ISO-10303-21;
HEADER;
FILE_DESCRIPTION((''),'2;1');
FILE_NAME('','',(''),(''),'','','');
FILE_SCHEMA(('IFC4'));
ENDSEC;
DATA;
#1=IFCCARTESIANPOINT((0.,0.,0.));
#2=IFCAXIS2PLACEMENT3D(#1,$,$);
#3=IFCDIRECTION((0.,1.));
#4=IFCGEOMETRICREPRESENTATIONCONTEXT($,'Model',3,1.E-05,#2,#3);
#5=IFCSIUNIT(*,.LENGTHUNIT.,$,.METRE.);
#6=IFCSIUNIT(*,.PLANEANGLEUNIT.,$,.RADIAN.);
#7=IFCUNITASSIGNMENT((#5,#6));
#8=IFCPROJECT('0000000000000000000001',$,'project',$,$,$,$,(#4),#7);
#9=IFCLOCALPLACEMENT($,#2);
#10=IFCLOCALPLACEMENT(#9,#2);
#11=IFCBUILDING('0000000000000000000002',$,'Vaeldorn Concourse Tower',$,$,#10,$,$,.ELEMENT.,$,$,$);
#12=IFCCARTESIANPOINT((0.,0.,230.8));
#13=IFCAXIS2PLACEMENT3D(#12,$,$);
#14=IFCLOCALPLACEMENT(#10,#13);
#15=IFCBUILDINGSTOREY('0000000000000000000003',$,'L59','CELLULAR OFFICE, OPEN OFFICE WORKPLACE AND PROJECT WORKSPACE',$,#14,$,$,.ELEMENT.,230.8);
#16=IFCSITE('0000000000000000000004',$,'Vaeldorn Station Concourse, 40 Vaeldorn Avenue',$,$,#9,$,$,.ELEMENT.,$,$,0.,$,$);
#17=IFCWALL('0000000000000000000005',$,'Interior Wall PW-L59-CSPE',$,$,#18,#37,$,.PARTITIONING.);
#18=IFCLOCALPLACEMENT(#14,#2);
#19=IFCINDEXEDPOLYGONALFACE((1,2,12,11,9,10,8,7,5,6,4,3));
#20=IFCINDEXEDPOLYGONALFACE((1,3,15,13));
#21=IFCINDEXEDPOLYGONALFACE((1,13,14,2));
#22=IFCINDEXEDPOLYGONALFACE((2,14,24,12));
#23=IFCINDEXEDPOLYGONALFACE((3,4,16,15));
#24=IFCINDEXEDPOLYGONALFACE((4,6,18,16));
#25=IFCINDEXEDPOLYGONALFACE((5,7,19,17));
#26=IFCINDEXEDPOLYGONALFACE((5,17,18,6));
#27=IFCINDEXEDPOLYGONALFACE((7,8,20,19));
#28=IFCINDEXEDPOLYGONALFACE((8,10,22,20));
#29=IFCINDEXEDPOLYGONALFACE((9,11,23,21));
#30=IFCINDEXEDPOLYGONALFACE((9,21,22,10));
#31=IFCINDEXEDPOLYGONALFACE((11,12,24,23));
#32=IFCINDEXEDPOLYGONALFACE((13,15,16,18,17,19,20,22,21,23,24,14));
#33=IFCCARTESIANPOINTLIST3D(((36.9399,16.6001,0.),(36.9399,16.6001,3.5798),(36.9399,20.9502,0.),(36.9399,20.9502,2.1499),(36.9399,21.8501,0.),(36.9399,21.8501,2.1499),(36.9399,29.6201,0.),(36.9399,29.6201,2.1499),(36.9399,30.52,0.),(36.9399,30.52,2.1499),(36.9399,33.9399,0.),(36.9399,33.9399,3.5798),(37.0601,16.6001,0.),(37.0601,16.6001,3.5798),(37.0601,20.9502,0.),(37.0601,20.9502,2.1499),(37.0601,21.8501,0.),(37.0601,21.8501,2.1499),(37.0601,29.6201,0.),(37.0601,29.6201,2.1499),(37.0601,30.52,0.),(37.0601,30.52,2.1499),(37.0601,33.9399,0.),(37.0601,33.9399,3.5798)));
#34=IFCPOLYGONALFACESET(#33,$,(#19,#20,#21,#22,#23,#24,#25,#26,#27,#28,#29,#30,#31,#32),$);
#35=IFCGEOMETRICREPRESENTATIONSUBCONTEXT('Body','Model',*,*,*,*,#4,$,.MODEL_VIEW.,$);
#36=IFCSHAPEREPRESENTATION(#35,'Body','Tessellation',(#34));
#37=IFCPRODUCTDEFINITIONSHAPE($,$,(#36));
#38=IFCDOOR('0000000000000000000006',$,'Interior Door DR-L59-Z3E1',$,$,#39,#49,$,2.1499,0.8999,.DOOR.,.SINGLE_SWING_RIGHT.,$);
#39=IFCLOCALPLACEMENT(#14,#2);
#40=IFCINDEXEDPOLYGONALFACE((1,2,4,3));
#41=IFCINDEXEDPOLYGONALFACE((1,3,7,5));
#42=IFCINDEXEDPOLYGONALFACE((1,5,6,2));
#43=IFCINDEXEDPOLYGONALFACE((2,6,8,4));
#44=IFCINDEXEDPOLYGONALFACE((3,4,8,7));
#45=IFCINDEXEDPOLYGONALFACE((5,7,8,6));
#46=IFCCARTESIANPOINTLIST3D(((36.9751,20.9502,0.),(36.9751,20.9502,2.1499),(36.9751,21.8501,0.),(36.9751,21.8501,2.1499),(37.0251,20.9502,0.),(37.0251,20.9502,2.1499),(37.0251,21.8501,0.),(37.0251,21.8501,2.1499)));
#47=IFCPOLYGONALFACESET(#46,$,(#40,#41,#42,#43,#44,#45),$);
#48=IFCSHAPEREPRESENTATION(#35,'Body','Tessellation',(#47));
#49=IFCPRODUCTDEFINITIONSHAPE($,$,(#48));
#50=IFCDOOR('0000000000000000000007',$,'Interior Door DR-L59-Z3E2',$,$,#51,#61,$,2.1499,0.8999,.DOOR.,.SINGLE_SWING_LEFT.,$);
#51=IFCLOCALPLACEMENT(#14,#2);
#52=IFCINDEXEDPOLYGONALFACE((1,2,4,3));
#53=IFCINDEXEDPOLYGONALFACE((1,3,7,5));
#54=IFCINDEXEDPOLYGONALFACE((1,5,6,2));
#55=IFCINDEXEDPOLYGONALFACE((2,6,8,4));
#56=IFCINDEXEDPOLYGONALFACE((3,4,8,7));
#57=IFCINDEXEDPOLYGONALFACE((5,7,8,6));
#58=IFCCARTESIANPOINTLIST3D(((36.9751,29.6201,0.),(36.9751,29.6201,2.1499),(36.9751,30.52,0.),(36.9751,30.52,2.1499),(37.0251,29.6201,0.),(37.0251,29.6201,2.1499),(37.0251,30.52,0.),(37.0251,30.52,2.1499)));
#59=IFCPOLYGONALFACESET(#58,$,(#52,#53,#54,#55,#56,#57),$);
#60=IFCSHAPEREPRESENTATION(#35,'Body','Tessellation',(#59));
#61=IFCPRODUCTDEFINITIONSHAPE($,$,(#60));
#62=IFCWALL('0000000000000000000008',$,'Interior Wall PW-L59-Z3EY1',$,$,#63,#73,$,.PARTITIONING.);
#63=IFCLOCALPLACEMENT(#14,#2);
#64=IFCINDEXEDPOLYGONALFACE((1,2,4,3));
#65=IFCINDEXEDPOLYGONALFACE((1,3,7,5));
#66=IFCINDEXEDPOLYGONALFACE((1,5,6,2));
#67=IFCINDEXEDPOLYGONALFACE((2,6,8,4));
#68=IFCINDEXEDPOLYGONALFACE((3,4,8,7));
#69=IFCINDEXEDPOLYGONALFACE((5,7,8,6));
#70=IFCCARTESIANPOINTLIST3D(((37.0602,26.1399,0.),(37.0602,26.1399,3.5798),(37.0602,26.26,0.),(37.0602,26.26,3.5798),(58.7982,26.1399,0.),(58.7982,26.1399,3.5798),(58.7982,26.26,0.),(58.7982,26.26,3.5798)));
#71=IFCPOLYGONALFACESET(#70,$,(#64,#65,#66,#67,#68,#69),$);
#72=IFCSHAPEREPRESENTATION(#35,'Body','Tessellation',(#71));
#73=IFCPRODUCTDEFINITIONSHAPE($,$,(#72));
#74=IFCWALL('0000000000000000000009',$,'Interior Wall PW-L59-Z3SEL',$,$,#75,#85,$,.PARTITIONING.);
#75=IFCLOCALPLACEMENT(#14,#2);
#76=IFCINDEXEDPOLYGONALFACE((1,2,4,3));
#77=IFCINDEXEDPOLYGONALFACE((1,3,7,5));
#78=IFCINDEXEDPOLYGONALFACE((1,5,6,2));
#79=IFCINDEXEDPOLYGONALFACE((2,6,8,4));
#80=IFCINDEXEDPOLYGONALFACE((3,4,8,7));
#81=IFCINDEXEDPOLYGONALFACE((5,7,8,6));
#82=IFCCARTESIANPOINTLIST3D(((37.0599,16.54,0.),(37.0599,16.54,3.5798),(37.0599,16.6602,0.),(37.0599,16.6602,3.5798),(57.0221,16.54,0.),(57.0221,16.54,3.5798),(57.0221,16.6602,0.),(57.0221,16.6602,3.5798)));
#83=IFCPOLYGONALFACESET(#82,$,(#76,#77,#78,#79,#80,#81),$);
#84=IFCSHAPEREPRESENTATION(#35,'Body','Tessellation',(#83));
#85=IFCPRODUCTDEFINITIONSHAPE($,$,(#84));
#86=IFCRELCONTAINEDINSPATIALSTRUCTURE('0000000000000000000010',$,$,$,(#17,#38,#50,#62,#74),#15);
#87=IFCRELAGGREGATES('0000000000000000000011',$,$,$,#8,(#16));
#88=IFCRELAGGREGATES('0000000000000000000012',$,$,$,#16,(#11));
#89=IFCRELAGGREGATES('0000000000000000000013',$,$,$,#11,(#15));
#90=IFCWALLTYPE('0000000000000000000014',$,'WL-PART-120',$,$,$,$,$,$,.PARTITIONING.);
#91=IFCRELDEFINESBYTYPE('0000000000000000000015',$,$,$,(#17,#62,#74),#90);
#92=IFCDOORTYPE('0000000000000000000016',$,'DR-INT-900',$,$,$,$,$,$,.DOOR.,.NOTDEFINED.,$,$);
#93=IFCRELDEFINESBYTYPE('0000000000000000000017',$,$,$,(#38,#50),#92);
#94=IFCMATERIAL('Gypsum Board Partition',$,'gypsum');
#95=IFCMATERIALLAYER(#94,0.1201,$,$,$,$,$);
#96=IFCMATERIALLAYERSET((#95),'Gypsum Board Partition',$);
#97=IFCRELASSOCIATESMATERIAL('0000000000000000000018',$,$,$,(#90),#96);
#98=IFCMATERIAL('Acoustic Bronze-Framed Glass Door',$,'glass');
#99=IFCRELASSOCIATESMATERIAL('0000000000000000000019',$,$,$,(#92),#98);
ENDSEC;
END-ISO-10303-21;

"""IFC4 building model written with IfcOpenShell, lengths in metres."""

from ifc_helpers import new_model, si_unit, direction, frame, frame_2d, origin, place, context, subcontext, project, spatial, rectangle, extrude, source, transform, mapped, material, layer, layer_set, type_object, element, fill, save


model = new_model("IFC4")

# Units and contexts
model_context = context("Model", 3, precision=1e-05, world=origin(), true_north=direction((0.0, 1.0)))
body_context = subcontext(model_context, "Body", "Model", "MODEL_VIEW")
ifc_project = project(units=[si_unit("LENGTHUNIT", "METRE"), si_unit("PLANEANGLEUNIT", "RADIAN")], contexts=[model_context])

# Site, building, storey
site_placement = place(None, origin())
site = spatial("IfcSite", under=ifc_project, at=site_placement, Name="Vaeldorn Station Concourse, 40 Vaeldorn Avenue", CompositionType="ELEMENT", RefElevation=0.0)
building_placement = place(site_placement, origin())
building = spatial("IfcBuilding", under=site, at=building_placement, Name="Vaeldorn Concourse Tower", CompositionType="ELEMENT")
storey_placement = place(building_placement, frame((0.0, 0.0, 230.8)))
storey = spatial("IfcBuildingStorey", under=building, at=storey_placement, Name="L59", Description="CELLULAR OFFICE, OPEN OFFICE WORKPLACE AND PROJECT WORKSPACE", CompositionType="ELEMENT", Elevation=230.8)

# Shared definitions
ifc_material_1 = material(Name="Gypsum Board Partition", Category="gypsum")
ifc_layer = layer(ifc_material_1, 0.1201)
ifc_layer_set = layer_set([ifc_layer], Name="Gypsum Board Partition")
wall_type = type_object("IfcWallType", Name="WL-PART-120", PredefinedType="PARTITIONING", material=ifc_layer_set)

# Wall, openings, doors
ifc_material_2 = material(Name="Acoustic Bronze-Framed Glass Door", Category="glass")
door_type = type_object("IfcDoorType", Name="DR-INT-900", OperationType="NOTDEFINED", PredefinedType="DOOR", material=ifc_material_2)
shared_shape_1 = source(origin(), body_context, "Body", "SweptSolid", [
    extrude(rectangle(XDim=0.8999, YDim=2.1499, at=frame_2d((0.45, 1.075))), frame((0.0, 0.0249, 0.0), z_axis=(0.0, -1.0, 0.0), x_axis=(1.0, 0.0, 0.0)), (0.0, 0.0, 1.0), 0.05),
])
wall_1_placement = place(storey_placement, frame((37.0, 16.6001, 0.0), z_axis=(0.0, 0.0, 1.0), x_axis=(0.0, 1.0, 0.0)))
wall_1 = element("IfcWall", 1, at=wall_1_placement, inside=storey, type_object=wall_type, Name="Interior Wall PW-L59-CSPE", PredefinedType="PARTITIONING", context=body_context, shape_type="SweptSolid", body=[
    extrude(rectangle(XDim=17.3398, YDim=0.1201, at=frame_2d((8.6699, 0.0))), origin(), (0.0, 0.0, 1.0), 3.5798),
])
opening_1_placement = place(wall_1_placement, frame((4.3501, 0.0, 0.0)))
opening_1 = element("IfcOpeningElement", 2, at=opening_1_placement, cuts=wall_1, PredefinedType="OPENING", context=body_context, shape_type="SweptSolid", body=[
    extrude(rectangle(XDim=0.8999, YDim=2.1499, at=frame_2d((0.45, 1.075))), frame((0.0, 0.0701, 0.0), z_axis=(0.0, -1.0, 0.0), x_axis=(1.0, 0.0, 0.0)), (0.0, 0.0, 1.0), 0.1401),
])
opening_2_placement = place(wall_1_placement, frame((13.02, 0.0, 0.0)))
opening_2 = element("IfcOpeningElement", 3, at=opening_2_placement, cuts=wall_1, PredefinedType="OPENING", context=body_context, shape_type="SweptSolid", body=[
    extrude(rectangle(XDim=0.8999, YDim=2.1499, at=frame_2d((0.45, 1.075))), frame((0.0, 0.0701, 0.0), z_axis=(0.0, -1.0, 0.0), x_axis=(1.0, 0.0, 0.0)), (0.0, 0.0, 1.0), 0.1401),
])
door_1_placement = place(opening_1_placement, origin())
door_1 = element("IfcDoor", 4, at=door_1_placement, inside=storey, type_object=door_type, Name="Interior Door DR-L59-Z3E1", OperationType="SINGLE_SWING_RIGHT", OverallHeight=2.1499, OverallWidth=0.8999, PredefinedType="DOOR", context=body_context, shape_type="MappedRepresentation", body=[
    mapped(shared_shape_1, transform((0.0, 0.0, 0.0), scale=1.0)),
])
fill(opening_1, door_1)
door_2_placement = place(opening_2_placement, origin())
door_2 = element("IfcDoor", 5, at=door_2_placement, inside=storey, type_object=door_type, Name="Interior Door DR-L59-Z3E2", OperationType="SINGLE_SWING_LEFT", OverallHeight=2.1499, OverallWidth=0.8999, PredefinedType="DOOR", context=body_context, shape_type="MappedRepresentation", body=[
    mapped(shared_shape_1, transform((0.0, 0.0, 0.0), scale=1.0)),
])
fill(opening_2, door_2)

# Walls
wall_2_placement = place(storey_placement, frame((37.0601, 26.2, 0.0), z_axis=(0.0, 0.0, 1.0), x_axis=(1.0, 0.0, 0.0)))
element("IfcWall", 6, at=wall_2_placement, inside=storey, type_object=wall_type, Name="Interior Wall PW-L59-Z3EY1", PredefinedType="PARTITIONING", context=body_context, shape_type="SweptSolid", body=[
    extrude(rectangle(XDim=21.738, YDim=0.1201, at=frame_2d((10.8691, 0.0))), origin(), (0.0, 0.0, 1.0), 3.5798),
])
wall_3_placement = place(storey_placement, frame((37.0601, 16.6001, 0.0), z_axis=(0.0, 0.0, 1.0), x_axis=(1.0, 0.0, 0.0)))
element("IfcWall", 7, at=wall_3_placement, inside=storey, type_object=wall_type, Name="Interior Wall PW-L59-Z3SEL", PredefinedType="PARTITIONING", context=body_context, shape_type="SweptSolid", body=[
    extrude(rectangle(XDim=19.9622, YDim=0.1201, at=frame_2d((9.981, 0.0))), origin(), (0.0, 0.0, 1.0), 3.5798),
])

save(model, "model.ifc")
